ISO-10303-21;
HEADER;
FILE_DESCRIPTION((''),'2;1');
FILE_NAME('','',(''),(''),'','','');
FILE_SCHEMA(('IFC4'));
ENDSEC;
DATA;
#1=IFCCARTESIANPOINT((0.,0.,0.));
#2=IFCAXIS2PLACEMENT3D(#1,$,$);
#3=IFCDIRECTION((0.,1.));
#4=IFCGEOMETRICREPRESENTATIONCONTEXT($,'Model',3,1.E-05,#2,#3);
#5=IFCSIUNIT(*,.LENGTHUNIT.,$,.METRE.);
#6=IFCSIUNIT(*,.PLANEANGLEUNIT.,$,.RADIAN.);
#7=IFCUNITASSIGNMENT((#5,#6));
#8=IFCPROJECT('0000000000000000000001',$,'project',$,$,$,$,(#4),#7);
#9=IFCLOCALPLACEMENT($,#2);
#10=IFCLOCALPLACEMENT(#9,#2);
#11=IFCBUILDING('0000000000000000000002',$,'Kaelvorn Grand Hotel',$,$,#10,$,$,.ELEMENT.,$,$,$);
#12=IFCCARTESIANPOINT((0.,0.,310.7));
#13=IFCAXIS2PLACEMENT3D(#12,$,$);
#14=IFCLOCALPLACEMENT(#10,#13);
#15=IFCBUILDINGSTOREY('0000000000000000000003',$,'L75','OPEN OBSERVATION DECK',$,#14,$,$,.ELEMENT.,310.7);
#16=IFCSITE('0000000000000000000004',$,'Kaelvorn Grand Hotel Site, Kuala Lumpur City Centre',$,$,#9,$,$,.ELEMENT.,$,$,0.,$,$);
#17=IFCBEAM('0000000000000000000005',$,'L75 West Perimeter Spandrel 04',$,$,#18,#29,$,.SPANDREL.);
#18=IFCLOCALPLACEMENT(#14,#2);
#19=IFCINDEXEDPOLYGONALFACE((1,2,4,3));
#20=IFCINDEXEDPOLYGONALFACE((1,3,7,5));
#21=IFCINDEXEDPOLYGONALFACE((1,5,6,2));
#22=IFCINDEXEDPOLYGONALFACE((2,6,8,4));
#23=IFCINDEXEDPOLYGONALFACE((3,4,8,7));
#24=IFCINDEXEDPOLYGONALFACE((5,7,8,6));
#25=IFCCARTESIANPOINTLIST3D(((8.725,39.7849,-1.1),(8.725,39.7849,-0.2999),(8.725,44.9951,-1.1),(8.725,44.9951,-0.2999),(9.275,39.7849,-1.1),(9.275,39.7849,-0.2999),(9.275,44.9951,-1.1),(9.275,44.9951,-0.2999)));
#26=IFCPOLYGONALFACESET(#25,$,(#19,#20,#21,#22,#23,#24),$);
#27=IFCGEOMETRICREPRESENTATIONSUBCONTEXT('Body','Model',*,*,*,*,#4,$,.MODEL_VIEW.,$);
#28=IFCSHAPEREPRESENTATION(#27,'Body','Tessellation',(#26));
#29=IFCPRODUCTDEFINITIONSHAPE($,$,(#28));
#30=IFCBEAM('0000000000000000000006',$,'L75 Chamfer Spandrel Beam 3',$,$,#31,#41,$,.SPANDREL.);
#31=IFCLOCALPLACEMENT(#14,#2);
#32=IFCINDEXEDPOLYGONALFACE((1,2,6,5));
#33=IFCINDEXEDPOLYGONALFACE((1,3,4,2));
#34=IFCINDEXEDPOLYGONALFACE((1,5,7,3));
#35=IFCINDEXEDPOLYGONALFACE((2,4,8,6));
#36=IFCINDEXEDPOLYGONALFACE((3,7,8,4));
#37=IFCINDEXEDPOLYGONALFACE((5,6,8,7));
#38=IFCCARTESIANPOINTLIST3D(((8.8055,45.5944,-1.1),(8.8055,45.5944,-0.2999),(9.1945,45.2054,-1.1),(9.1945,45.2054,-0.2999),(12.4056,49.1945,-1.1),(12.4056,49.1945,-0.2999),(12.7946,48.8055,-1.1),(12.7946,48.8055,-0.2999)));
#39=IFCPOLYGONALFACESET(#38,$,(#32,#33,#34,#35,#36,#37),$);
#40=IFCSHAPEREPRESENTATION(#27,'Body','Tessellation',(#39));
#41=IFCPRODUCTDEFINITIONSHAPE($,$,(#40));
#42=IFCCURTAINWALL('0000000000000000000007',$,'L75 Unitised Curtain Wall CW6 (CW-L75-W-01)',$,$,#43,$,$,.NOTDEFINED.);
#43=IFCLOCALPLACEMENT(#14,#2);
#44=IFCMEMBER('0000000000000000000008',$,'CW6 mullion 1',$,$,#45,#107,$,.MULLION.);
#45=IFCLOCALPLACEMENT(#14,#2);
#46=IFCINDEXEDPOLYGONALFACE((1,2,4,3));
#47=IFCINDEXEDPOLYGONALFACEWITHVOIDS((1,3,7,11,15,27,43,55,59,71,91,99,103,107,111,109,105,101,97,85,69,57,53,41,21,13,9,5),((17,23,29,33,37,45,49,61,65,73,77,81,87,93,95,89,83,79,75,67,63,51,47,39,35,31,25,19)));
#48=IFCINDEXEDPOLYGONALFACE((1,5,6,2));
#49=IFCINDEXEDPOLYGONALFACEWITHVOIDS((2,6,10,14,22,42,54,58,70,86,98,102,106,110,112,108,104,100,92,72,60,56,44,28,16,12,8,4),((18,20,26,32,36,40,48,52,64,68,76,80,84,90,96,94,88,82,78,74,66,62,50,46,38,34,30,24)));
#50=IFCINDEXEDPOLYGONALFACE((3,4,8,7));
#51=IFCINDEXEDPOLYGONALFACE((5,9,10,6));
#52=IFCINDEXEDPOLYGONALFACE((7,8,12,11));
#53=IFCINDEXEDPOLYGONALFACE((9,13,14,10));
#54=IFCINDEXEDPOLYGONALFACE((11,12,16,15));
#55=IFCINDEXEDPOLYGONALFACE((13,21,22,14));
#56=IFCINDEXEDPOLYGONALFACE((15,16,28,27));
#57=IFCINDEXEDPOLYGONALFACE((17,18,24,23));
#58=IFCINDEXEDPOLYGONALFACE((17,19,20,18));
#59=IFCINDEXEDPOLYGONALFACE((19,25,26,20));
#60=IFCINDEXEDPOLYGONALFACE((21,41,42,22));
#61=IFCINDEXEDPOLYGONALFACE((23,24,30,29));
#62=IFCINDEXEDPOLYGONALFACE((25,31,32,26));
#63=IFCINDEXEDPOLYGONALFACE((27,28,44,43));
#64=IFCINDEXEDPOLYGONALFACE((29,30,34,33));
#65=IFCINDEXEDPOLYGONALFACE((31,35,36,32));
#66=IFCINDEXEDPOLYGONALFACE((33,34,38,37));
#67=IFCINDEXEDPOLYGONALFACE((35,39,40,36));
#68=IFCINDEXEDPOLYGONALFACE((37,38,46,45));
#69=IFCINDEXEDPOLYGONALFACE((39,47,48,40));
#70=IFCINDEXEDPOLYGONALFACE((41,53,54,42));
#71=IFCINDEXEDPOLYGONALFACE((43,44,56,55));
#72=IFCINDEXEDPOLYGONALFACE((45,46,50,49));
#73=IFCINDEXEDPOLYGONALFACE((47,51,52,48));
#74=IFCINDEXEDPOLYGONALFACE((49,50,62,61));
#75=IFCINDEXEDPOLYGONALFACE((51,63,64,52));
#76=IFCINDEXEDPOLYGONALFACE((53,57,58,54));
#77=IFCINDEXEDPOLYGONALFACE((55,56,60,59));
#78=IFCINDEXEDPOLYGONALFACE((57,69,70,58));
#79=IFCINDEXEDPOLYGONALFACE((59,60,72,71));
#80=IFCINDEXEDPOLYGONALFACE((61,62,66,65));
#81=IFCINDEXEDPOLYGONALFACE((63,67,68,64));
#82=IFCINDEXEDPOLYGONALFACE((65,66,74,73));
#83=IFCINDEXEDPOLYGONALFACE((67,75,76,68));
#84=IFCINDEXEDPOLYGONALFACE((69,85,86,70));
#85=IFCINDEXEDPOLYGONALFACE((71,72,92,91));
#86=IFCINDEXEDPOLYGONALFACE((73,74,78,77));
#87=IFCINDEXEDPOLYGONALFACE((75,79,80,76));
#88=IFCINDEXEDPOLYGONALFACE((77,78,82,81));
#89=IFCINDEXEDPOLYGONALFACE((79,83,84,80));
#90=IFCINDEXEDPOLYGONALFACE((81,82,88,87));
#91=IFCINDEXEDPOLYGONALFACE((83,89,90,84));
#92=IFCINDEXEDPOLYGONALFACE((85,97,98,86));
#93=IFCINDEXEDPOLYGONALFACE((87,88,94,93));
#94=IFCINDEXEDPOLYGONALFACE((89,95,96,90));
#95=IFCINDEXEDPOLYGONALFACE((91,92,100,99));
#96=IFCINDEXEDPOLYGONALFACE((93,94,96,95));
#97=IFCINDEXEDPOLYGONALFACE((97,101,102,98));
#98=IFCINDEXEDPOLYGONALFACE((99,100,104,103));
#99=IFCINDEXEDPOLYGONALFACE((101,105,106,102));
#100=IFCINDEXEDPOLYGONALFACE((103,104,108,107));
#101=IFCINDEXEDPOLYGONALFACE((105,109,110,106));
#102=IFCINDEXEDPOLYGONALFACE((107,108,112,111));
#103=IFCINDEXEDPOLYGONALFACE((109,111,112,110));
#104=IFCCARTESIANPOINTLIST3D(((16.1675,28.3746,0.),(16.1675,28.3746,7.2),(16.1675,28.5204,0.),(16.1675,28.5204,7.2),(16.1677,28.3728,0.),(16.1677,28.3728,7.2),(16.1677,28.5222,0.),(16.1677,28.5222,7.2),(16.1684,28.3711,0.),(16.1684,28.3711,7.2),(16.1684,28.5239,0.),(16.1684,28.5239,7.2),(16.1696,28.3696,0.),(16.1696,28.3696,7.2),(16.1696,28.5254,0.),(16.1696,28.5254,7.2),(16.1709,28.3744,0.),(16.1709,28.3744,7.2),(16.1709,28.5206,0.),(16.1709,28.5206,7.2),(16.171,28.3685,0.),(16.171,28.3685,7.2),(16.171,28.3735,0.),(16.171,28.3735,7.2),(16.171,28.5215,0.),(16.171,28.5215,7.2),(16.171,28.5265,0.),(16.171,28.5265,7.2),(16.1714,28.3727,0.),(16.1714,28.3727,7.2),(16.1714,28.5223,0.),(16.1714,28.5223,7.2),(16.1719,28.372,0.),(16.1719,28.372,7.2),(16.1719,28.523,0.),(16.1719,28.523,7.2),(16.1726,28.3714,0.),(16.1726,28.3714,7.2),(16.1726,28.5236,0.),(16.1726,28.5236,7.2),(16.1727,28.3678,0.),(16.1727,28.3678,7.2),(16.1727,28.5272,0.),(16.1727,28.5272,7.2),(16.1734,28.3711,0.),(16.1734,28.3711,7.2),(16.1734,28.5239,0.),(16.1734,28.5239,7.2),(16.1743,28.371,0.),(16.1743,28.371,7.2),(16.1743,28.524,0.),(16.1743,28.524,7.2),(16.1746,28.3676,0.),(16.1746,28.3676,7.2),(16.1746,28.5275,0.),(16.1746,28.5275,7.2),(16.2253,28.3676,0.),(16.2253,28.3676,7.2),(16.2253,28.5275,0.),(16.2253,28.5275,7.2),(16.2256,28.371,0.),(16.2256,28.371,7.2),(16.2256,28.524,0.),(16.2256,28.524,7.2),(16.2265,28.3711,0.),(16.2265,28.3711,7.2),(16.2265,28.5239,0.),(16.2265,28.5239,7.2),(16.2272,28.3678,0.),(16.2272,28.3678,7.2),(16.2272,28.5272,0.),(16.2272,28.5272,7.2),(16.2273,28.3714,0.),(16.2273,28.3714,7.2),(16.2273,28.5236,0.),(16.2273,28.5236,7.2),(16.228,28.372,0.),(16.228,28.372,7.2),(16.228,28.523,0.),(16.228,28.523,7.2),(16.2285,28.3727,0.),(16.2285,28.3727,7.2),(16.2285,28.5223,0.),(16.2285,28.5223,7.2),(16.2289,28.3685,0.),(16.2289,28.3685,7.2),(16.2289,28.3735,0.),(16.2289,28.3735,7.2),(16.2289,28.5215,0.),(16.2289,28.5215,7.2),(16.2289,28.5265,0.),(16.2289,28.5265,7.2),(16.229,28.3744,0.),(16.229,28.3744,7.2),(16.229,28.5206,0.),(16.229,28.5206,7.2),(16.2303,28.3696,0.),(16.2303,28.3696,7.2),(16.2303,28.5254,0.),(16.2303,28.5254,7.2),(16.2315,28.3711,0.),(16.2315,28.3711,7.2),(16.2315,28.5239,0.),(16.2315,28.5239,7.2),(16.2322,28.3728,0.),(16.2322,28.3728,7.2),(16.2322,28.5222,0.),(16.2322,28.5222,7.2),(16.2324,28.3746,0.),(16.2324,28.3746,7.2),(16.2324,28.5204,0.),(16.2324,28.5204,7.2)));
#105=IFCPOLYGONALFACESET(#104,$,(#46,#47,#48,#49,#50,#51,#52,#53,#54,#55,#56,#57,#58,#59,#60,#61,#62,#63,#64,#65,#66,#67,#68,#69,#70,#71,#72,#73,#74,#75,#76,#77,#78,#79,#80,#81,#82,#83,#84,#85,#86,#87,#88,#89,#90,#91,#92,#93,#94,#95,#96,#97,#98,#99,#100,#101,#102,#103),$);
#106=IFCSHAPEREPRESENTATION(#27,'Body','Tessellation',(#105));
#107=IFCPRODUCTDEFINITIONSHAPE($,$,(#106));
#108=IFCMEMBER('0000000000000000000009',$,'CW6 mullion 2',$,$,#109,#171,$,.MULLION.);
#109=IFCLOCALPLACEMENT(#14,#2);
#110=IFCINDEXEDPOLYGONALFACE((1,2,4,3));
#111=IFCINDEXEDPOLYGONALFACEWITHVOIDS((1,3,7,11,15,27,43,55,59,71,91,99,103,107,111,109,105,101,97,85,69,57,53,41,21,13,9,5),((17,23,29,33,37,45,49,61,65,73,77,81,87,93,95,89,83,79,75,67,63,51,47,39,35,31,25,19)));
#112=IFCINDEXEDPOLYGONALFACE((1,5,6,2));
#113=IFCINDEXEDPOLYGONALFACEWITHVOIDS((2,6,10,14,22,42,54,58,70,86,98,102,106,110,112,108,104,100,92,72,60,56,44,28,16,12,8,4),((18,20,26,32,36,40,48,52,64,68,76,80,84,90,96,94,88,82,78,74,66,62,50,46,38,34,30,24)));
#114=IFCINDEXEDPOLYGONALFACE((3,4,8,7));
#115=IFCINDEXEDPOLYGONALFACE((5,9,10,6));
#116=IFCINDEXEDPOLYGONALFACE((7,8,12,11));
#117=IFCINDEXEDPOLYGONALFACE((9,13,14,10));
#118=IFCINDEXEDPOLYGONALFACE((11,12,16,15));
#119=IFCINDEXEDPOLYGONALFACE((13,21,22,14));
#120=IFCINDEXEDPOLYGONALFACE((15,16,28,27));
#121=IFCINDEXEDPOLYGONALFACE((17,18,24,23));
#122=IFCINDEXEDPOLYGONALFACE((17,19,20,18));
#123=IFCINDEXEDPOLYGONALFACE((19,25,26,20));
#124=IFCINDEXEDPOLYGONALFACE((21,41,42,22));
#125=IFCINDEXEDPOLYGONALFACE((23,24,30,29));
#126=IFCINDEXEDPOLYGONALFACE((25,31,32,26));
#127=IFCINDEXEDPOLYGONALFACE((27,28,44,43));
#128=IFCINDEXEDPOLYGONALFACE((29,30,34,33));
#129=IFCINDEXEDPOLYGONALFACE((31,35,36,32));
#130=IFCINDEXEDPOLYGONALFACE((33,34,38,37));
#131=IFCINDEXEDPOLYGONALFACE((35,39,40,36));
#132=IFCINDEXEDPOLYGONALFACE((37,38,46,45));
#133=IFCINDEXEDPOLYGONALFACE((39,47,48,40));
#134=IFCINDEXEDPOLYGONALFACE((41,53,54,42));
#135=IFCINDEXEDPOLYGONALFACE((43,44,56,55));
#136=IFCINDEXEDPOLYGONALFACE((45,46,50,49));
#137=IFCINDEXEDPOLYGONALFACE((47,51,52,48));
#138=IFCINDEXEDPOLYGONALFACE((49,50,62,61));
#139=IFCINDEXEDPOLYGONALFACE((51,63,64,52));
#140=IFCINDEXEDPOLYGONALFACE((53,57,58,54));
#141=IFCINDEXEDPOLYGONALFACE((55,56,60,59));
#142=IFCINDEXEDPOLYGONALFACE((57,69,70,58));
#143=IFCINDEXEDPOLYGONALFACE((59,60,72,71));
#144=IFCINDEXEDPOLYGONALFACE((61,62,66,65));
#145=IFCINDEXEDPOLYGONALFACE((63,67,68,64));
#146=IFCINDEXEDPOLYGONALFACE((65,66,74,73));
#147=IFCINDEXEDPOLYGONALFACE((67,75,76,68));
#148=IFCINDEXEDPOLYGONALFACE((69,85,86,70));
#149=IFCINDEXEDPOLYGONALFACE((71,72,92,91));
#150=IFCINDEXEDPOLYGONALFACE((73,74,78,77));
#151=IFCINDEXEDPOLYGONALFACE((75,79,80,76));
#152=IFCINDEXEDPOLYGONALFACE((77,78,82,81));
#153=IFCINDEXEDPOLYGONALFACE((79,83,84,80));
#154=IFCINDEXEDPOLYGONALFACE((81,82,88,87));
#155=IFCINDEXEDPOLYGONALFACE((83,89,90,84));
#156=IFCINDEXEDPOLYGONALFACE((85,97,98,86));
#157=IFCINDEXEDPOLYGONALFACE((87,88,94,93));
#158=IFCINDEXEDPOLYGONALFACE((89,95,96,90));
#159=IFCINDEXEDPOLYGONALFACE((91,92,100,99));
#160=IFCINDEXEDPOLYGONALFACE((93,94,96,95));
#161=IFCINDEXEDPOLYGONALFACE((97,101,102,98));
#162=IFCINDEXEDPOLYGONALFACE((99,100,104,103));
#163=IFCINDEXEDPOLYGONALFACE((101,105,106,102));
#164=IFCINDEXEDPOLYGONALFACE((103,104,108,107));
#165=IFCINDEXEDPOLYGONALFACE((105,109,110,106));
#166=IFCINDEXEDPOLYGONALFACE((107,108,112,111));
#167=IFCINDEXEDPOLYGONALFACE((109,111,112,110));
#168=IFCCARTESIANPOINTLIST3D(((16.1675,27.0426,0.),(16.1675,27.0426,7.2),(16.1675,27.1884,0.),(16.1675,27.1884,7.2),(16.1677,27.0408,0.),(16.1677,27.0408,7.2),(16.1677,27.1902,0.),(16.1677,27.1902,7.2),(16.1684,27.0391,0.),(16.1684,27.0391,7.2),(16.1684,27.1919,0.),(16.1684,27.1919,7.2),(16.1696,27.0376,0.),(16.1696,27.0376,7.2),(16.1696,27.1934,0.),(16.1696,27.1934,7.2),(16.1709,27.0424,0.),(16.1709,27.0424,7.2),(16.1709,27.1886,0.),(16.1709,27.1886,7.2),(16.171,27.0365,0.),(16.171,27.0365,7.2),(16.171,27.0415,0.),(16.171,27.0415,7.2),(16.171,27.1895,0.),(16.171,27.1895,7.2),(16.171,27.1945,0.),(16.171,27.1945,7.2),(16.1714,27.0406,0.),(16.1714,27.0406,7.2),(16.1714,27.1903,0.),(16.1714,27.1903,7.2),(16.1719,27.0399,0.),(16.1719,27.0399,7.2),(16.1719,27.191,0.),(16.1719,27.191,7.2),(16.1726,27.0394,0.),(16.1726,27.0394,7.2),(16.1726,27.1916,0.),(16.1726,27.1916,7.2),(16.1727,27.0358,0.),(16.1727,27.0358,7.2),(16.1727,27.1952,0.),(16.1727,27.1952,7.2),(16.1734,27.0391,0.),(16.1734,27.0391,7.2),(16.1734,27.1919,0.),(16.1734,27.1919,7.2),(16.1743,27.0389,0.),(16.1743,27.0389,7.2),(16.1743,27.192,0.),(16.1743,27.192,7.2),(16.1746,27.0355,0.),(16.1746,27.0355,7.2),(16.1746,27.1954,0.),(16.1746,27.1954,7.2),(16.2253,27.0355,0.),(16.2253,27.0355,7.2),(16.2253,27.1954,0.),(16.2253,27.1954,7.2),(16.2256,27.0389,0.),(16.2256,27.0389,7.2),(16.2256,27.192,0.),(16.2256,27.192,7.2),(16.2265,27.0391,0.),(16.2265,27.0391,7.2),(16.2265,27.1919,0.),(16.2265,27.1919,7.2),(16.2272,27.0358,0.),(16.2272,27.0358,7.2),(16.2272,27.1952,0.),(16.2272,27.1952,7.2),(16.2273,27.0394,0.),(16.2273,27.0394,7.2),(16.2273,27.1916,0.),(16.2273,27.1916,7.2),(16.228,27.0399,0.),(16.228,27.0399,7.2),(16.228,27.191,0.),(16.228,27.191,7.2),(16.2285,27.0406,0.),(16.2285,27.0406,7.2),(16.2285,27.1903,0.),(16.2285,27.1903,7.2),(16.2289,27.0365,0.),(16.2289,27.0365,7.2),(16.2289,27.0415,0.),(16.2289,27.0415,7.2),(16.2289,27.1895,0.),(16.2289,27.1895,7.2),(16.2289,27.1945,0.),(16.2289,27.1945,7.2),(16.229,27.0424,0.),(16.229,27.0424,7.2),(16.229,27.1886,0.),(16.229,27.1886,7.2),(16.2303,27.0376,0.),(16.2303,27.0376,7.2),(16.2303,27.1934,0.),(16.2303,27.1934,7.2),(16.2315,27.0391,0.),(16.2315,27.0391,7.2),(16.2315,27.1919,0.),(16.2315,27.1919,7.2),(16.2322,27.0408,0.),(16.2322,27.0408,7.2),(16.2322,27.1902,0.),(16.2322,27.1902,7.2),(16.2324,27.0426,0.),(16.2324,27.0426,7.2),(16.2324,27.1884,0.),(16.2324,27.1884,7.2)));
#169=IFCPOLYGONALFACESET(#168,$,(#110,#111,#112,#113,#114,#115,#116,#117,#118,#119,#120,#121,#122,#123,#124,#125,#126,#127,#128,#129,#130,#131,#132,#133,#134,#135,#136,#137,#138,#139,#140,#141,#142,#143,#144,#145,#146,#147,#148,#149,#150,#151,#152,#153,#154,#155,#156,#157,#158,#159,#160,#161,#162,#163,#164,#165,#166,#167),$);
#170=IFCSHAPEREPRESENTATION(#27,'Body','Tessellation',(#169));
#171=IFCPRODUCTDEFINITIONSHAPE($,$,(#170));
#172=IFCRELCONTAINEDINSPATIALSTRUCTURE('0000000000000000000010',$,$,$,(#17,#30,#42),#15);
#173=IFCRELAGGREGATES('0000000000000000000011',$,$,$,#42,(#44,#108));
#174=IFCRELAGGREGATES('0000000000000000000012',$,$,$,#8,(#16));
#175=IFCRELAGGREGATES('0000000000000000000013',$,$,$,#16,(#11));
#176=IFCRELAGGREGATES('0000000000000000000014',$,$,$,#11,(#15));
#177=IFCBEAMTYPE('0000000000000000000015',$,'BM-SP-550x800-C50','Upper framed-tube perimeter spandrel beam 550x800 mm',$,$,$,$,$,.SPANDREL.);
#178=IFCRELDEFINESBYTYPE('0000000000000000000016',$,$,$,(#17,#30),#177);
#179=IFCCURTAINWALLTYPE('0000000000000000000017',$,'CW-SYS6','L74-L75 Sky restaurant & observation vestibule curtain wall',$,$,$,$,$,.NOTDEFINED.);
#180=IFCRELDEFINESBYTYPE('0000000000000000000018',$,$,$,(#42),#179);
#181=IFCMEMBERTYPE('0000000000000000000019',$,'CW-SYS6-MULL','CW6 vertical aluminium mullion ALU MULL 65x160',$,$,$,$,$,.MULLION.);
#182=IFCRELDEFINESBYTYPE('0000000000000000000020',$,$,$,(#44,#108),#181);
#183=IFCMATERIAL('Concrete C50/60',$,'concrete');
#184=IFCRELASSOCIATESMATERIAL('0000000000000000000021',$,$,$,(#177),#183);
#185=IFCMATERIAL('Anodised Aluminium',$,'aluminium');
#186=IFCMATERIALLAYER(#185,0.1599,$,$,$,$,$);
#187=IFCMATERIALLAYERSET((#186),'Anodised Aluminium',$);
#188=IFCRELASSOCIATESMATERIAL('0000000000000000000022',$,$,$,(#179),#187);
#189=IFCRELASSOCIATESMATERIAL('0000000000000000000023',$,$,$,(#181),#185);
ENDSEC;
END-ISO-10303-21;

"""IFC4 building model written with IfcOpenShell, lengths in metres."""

from ifc_helpers import new_model, si_unit, direction, frame, origin, origin_2d, place, context, subcontext, project, spatial, rectangle, hollow_rectangle, extrude, material, layer, layer_set, material_profile, profile_set, type_object, element, aggregate, save


model = new_model("IFC4")

# Units and contexts
model_context = context("Model", 3, precision=1e-05, world=origin(), true_north=direction((0.0, 1.0)))
body_context = subcontext(model_context, "Body", "Model", "MODEL_VIEW")
ifc_project = project(units=[si_unit("LENGTHUNIT", "METRE"), si_unit("PLANEANGLEUNIT", "RADIAN")], contexts=[model_context])

# Site, building, storey
site_placement = place(None, origin())
site = spatial("IfcSite", under=ifc_project, at=site_placement, Name="Kaelvorn Grand Hotel Site, Kuala Lumpur City Centre", CompositionType="ELEMENT", RefElevation=0.0)
building_placement = place(site_placement, origin())
building = spatial("IfcBuilding", under=site, at=building_placement, Name="Kaelvorn Grand Hotel", CompositionType="ELEMENT")
storey_placement = place(building_placement, frame((0.0, 0.0, 310.7)))
storey = spatial("IfcBuildingStorey", under=building, at=storey_placement, Name="L75", Description="OPEN OBSERVATION DECK", CompositionType="ELEMENT", Elevation=310.7)

# Beams
ifc_material_1 = material(Name="Concrete C50/60", Category="concrete")
ifc_material_profile_1 = material_profile(ifc_material_1, rectangle(XDim=0.55, YDim=0.8, at=origin_2d()), Name="RC SPANDREL 550x800")
ifc_profile_set_1 = profile_set([ifc_material_profile_1], Name="Concrete C50/60")
beam_type_1 = type_object("IfcBeamType", Name="BM-SP-550x800-C50", Description="Upper framed-tube perimeter spandrel beam 550x800 mm", PredefinedType="SPANDREL", material=ifc_profile_set_1)
beam_1_placement = place(storey_placement, frame((9.0, 39.7849, -0.7), z_axis=(0.0, 1.0, 0.0), x_axis=(-1.0, 0.0, 0.0)))
element("IfcBeam", 1, at=beam_1_placement, inside=storey, type_object=beam_type_1, Name="L75 West Perimeter Spandrel 04", PredefinedType="SPANDREL", context=body_context, shape_type="SweptSolid", body=[
    extrude(rectangle(XDim=0.55, YDim=0.8, at=origin_2d()), origin(), (0.0, 0.0, 1.0), 5.2102),
])
beam_2_placement = place(storey_placement, frame((12.6001, 49.0, -0.7), z_axis=(-0.707107, -0.707107, 0.0), x_axis=(0.707107, -0.707107, 0.0)))
element("IfcBeam", 2, at=beam_2_placement, inside=storey, type_object=beam_type_1, Name="L75 Chamfer Spandrel Beam 3", PredefinedType="SPANDREL", context=body_context, shape_type="SweptSolid", body=[
    extrude(rectangle(XDim=0.55, YDim=0.8, at=origin_2d()), origin(), (0.0, 0.0, 1.0), 5.0913),
])

# Curtain wall, members
ifc_material_2 = material(Name="Anodised Aluminium", Category="aluminium")
ifc_layer_1 = layer(ifc_material_2, 0.1599)
ifc_layer_set_1 = layer_set([ifc_layer_1], Name="Anodised Aluminium")
curtain_wall_type = type_object("IfcCurtainWallType", Name="CW-SYS6", Description="L74-L75 Sky restaurant & observation vestibule curtain wall", PredefinedType="NOTDEFINED", material=ifc_layer_set_1)
curtain_wall_placement = place(storey_placement, origin())
curtain_wall = element("IfcCurtainWall", 3, at=curtain_wall_placement, inside=storey, type_object=curtain_wall_type, Name="L75 Unitised Curtain Wall CW6 (CW-L75-W-01)", PredefinedType="NOTDEFINED")
ifc_material_profile_2 = material_profile(ifc_material_2, hollow_rectangle(XDim=0.0649, YDim=0.1599, WallThickness=0.0034, InnerFilletRadius=0.0034, OuterFilletRadius=0.0071, at=origin_2d()), Name="ALU MULL 65x160")
ifc_profile_set_2 = profile_set([ifc_material_profile_2], Name="Anodised Aluminium")
member_type_1 = type_object("IfcMemberType", Name="CW-SYS6-MULL", Description="CW6 vertical aluminium mullion ALU MULL 65x160", PredefinedType="MULLION", material=ifc_profile_set_2)
member_1_placement = place(storey_placement, frame((16.2, 28.4475, 0.0), z_axis=(0.0, 0.0, 1.0), x_axis=(1.0, 0.0, 0.0)))
member_1 = element("IfcMember", 4, at=member_1_placement, type_object=member_type_1, Name="CW6 mullion 1", PredefinedType="MULLION", context=body_context, shape_type="SweptSolid", body=[
    extrude(hollow_rectangle(XDim=0.0649, YDim=0.1599, WallThickness=0.0034, InnerFilletRadius=0.0034, OuterFilletRadius=0.0071, at=origin_2d()), origin(), (0.0, 0.0, 1.0), 7.2),
])
member_2_placement = place(storey_placement, frame((16.2, 27.1155, 0.0), z_axis=(0.0, 0.0, 1.0), x_axis=(1.0, 0.0, 0.0)))
member_2 = element("IfcMember", 5, at=member_2_placement, type_object=member_type_1, Name="CW6 mullion 2", PredefinedType="MULLION", context=body_context, shape_type="SweptSolid", body=[
    extrude(hollow_rectangle(XDim=0.0649, YDim=0.1599, WallThickness=0.0034, InnerFilletRadius=0.0034, OuterFilletRadius=0.0071, at=origin_2d()), origin(), (0.0, 0.0, 1.0), 7.2),
])
aggregate(curtain_wall, [member_1, member_2])

save(model, "model.ifc")
